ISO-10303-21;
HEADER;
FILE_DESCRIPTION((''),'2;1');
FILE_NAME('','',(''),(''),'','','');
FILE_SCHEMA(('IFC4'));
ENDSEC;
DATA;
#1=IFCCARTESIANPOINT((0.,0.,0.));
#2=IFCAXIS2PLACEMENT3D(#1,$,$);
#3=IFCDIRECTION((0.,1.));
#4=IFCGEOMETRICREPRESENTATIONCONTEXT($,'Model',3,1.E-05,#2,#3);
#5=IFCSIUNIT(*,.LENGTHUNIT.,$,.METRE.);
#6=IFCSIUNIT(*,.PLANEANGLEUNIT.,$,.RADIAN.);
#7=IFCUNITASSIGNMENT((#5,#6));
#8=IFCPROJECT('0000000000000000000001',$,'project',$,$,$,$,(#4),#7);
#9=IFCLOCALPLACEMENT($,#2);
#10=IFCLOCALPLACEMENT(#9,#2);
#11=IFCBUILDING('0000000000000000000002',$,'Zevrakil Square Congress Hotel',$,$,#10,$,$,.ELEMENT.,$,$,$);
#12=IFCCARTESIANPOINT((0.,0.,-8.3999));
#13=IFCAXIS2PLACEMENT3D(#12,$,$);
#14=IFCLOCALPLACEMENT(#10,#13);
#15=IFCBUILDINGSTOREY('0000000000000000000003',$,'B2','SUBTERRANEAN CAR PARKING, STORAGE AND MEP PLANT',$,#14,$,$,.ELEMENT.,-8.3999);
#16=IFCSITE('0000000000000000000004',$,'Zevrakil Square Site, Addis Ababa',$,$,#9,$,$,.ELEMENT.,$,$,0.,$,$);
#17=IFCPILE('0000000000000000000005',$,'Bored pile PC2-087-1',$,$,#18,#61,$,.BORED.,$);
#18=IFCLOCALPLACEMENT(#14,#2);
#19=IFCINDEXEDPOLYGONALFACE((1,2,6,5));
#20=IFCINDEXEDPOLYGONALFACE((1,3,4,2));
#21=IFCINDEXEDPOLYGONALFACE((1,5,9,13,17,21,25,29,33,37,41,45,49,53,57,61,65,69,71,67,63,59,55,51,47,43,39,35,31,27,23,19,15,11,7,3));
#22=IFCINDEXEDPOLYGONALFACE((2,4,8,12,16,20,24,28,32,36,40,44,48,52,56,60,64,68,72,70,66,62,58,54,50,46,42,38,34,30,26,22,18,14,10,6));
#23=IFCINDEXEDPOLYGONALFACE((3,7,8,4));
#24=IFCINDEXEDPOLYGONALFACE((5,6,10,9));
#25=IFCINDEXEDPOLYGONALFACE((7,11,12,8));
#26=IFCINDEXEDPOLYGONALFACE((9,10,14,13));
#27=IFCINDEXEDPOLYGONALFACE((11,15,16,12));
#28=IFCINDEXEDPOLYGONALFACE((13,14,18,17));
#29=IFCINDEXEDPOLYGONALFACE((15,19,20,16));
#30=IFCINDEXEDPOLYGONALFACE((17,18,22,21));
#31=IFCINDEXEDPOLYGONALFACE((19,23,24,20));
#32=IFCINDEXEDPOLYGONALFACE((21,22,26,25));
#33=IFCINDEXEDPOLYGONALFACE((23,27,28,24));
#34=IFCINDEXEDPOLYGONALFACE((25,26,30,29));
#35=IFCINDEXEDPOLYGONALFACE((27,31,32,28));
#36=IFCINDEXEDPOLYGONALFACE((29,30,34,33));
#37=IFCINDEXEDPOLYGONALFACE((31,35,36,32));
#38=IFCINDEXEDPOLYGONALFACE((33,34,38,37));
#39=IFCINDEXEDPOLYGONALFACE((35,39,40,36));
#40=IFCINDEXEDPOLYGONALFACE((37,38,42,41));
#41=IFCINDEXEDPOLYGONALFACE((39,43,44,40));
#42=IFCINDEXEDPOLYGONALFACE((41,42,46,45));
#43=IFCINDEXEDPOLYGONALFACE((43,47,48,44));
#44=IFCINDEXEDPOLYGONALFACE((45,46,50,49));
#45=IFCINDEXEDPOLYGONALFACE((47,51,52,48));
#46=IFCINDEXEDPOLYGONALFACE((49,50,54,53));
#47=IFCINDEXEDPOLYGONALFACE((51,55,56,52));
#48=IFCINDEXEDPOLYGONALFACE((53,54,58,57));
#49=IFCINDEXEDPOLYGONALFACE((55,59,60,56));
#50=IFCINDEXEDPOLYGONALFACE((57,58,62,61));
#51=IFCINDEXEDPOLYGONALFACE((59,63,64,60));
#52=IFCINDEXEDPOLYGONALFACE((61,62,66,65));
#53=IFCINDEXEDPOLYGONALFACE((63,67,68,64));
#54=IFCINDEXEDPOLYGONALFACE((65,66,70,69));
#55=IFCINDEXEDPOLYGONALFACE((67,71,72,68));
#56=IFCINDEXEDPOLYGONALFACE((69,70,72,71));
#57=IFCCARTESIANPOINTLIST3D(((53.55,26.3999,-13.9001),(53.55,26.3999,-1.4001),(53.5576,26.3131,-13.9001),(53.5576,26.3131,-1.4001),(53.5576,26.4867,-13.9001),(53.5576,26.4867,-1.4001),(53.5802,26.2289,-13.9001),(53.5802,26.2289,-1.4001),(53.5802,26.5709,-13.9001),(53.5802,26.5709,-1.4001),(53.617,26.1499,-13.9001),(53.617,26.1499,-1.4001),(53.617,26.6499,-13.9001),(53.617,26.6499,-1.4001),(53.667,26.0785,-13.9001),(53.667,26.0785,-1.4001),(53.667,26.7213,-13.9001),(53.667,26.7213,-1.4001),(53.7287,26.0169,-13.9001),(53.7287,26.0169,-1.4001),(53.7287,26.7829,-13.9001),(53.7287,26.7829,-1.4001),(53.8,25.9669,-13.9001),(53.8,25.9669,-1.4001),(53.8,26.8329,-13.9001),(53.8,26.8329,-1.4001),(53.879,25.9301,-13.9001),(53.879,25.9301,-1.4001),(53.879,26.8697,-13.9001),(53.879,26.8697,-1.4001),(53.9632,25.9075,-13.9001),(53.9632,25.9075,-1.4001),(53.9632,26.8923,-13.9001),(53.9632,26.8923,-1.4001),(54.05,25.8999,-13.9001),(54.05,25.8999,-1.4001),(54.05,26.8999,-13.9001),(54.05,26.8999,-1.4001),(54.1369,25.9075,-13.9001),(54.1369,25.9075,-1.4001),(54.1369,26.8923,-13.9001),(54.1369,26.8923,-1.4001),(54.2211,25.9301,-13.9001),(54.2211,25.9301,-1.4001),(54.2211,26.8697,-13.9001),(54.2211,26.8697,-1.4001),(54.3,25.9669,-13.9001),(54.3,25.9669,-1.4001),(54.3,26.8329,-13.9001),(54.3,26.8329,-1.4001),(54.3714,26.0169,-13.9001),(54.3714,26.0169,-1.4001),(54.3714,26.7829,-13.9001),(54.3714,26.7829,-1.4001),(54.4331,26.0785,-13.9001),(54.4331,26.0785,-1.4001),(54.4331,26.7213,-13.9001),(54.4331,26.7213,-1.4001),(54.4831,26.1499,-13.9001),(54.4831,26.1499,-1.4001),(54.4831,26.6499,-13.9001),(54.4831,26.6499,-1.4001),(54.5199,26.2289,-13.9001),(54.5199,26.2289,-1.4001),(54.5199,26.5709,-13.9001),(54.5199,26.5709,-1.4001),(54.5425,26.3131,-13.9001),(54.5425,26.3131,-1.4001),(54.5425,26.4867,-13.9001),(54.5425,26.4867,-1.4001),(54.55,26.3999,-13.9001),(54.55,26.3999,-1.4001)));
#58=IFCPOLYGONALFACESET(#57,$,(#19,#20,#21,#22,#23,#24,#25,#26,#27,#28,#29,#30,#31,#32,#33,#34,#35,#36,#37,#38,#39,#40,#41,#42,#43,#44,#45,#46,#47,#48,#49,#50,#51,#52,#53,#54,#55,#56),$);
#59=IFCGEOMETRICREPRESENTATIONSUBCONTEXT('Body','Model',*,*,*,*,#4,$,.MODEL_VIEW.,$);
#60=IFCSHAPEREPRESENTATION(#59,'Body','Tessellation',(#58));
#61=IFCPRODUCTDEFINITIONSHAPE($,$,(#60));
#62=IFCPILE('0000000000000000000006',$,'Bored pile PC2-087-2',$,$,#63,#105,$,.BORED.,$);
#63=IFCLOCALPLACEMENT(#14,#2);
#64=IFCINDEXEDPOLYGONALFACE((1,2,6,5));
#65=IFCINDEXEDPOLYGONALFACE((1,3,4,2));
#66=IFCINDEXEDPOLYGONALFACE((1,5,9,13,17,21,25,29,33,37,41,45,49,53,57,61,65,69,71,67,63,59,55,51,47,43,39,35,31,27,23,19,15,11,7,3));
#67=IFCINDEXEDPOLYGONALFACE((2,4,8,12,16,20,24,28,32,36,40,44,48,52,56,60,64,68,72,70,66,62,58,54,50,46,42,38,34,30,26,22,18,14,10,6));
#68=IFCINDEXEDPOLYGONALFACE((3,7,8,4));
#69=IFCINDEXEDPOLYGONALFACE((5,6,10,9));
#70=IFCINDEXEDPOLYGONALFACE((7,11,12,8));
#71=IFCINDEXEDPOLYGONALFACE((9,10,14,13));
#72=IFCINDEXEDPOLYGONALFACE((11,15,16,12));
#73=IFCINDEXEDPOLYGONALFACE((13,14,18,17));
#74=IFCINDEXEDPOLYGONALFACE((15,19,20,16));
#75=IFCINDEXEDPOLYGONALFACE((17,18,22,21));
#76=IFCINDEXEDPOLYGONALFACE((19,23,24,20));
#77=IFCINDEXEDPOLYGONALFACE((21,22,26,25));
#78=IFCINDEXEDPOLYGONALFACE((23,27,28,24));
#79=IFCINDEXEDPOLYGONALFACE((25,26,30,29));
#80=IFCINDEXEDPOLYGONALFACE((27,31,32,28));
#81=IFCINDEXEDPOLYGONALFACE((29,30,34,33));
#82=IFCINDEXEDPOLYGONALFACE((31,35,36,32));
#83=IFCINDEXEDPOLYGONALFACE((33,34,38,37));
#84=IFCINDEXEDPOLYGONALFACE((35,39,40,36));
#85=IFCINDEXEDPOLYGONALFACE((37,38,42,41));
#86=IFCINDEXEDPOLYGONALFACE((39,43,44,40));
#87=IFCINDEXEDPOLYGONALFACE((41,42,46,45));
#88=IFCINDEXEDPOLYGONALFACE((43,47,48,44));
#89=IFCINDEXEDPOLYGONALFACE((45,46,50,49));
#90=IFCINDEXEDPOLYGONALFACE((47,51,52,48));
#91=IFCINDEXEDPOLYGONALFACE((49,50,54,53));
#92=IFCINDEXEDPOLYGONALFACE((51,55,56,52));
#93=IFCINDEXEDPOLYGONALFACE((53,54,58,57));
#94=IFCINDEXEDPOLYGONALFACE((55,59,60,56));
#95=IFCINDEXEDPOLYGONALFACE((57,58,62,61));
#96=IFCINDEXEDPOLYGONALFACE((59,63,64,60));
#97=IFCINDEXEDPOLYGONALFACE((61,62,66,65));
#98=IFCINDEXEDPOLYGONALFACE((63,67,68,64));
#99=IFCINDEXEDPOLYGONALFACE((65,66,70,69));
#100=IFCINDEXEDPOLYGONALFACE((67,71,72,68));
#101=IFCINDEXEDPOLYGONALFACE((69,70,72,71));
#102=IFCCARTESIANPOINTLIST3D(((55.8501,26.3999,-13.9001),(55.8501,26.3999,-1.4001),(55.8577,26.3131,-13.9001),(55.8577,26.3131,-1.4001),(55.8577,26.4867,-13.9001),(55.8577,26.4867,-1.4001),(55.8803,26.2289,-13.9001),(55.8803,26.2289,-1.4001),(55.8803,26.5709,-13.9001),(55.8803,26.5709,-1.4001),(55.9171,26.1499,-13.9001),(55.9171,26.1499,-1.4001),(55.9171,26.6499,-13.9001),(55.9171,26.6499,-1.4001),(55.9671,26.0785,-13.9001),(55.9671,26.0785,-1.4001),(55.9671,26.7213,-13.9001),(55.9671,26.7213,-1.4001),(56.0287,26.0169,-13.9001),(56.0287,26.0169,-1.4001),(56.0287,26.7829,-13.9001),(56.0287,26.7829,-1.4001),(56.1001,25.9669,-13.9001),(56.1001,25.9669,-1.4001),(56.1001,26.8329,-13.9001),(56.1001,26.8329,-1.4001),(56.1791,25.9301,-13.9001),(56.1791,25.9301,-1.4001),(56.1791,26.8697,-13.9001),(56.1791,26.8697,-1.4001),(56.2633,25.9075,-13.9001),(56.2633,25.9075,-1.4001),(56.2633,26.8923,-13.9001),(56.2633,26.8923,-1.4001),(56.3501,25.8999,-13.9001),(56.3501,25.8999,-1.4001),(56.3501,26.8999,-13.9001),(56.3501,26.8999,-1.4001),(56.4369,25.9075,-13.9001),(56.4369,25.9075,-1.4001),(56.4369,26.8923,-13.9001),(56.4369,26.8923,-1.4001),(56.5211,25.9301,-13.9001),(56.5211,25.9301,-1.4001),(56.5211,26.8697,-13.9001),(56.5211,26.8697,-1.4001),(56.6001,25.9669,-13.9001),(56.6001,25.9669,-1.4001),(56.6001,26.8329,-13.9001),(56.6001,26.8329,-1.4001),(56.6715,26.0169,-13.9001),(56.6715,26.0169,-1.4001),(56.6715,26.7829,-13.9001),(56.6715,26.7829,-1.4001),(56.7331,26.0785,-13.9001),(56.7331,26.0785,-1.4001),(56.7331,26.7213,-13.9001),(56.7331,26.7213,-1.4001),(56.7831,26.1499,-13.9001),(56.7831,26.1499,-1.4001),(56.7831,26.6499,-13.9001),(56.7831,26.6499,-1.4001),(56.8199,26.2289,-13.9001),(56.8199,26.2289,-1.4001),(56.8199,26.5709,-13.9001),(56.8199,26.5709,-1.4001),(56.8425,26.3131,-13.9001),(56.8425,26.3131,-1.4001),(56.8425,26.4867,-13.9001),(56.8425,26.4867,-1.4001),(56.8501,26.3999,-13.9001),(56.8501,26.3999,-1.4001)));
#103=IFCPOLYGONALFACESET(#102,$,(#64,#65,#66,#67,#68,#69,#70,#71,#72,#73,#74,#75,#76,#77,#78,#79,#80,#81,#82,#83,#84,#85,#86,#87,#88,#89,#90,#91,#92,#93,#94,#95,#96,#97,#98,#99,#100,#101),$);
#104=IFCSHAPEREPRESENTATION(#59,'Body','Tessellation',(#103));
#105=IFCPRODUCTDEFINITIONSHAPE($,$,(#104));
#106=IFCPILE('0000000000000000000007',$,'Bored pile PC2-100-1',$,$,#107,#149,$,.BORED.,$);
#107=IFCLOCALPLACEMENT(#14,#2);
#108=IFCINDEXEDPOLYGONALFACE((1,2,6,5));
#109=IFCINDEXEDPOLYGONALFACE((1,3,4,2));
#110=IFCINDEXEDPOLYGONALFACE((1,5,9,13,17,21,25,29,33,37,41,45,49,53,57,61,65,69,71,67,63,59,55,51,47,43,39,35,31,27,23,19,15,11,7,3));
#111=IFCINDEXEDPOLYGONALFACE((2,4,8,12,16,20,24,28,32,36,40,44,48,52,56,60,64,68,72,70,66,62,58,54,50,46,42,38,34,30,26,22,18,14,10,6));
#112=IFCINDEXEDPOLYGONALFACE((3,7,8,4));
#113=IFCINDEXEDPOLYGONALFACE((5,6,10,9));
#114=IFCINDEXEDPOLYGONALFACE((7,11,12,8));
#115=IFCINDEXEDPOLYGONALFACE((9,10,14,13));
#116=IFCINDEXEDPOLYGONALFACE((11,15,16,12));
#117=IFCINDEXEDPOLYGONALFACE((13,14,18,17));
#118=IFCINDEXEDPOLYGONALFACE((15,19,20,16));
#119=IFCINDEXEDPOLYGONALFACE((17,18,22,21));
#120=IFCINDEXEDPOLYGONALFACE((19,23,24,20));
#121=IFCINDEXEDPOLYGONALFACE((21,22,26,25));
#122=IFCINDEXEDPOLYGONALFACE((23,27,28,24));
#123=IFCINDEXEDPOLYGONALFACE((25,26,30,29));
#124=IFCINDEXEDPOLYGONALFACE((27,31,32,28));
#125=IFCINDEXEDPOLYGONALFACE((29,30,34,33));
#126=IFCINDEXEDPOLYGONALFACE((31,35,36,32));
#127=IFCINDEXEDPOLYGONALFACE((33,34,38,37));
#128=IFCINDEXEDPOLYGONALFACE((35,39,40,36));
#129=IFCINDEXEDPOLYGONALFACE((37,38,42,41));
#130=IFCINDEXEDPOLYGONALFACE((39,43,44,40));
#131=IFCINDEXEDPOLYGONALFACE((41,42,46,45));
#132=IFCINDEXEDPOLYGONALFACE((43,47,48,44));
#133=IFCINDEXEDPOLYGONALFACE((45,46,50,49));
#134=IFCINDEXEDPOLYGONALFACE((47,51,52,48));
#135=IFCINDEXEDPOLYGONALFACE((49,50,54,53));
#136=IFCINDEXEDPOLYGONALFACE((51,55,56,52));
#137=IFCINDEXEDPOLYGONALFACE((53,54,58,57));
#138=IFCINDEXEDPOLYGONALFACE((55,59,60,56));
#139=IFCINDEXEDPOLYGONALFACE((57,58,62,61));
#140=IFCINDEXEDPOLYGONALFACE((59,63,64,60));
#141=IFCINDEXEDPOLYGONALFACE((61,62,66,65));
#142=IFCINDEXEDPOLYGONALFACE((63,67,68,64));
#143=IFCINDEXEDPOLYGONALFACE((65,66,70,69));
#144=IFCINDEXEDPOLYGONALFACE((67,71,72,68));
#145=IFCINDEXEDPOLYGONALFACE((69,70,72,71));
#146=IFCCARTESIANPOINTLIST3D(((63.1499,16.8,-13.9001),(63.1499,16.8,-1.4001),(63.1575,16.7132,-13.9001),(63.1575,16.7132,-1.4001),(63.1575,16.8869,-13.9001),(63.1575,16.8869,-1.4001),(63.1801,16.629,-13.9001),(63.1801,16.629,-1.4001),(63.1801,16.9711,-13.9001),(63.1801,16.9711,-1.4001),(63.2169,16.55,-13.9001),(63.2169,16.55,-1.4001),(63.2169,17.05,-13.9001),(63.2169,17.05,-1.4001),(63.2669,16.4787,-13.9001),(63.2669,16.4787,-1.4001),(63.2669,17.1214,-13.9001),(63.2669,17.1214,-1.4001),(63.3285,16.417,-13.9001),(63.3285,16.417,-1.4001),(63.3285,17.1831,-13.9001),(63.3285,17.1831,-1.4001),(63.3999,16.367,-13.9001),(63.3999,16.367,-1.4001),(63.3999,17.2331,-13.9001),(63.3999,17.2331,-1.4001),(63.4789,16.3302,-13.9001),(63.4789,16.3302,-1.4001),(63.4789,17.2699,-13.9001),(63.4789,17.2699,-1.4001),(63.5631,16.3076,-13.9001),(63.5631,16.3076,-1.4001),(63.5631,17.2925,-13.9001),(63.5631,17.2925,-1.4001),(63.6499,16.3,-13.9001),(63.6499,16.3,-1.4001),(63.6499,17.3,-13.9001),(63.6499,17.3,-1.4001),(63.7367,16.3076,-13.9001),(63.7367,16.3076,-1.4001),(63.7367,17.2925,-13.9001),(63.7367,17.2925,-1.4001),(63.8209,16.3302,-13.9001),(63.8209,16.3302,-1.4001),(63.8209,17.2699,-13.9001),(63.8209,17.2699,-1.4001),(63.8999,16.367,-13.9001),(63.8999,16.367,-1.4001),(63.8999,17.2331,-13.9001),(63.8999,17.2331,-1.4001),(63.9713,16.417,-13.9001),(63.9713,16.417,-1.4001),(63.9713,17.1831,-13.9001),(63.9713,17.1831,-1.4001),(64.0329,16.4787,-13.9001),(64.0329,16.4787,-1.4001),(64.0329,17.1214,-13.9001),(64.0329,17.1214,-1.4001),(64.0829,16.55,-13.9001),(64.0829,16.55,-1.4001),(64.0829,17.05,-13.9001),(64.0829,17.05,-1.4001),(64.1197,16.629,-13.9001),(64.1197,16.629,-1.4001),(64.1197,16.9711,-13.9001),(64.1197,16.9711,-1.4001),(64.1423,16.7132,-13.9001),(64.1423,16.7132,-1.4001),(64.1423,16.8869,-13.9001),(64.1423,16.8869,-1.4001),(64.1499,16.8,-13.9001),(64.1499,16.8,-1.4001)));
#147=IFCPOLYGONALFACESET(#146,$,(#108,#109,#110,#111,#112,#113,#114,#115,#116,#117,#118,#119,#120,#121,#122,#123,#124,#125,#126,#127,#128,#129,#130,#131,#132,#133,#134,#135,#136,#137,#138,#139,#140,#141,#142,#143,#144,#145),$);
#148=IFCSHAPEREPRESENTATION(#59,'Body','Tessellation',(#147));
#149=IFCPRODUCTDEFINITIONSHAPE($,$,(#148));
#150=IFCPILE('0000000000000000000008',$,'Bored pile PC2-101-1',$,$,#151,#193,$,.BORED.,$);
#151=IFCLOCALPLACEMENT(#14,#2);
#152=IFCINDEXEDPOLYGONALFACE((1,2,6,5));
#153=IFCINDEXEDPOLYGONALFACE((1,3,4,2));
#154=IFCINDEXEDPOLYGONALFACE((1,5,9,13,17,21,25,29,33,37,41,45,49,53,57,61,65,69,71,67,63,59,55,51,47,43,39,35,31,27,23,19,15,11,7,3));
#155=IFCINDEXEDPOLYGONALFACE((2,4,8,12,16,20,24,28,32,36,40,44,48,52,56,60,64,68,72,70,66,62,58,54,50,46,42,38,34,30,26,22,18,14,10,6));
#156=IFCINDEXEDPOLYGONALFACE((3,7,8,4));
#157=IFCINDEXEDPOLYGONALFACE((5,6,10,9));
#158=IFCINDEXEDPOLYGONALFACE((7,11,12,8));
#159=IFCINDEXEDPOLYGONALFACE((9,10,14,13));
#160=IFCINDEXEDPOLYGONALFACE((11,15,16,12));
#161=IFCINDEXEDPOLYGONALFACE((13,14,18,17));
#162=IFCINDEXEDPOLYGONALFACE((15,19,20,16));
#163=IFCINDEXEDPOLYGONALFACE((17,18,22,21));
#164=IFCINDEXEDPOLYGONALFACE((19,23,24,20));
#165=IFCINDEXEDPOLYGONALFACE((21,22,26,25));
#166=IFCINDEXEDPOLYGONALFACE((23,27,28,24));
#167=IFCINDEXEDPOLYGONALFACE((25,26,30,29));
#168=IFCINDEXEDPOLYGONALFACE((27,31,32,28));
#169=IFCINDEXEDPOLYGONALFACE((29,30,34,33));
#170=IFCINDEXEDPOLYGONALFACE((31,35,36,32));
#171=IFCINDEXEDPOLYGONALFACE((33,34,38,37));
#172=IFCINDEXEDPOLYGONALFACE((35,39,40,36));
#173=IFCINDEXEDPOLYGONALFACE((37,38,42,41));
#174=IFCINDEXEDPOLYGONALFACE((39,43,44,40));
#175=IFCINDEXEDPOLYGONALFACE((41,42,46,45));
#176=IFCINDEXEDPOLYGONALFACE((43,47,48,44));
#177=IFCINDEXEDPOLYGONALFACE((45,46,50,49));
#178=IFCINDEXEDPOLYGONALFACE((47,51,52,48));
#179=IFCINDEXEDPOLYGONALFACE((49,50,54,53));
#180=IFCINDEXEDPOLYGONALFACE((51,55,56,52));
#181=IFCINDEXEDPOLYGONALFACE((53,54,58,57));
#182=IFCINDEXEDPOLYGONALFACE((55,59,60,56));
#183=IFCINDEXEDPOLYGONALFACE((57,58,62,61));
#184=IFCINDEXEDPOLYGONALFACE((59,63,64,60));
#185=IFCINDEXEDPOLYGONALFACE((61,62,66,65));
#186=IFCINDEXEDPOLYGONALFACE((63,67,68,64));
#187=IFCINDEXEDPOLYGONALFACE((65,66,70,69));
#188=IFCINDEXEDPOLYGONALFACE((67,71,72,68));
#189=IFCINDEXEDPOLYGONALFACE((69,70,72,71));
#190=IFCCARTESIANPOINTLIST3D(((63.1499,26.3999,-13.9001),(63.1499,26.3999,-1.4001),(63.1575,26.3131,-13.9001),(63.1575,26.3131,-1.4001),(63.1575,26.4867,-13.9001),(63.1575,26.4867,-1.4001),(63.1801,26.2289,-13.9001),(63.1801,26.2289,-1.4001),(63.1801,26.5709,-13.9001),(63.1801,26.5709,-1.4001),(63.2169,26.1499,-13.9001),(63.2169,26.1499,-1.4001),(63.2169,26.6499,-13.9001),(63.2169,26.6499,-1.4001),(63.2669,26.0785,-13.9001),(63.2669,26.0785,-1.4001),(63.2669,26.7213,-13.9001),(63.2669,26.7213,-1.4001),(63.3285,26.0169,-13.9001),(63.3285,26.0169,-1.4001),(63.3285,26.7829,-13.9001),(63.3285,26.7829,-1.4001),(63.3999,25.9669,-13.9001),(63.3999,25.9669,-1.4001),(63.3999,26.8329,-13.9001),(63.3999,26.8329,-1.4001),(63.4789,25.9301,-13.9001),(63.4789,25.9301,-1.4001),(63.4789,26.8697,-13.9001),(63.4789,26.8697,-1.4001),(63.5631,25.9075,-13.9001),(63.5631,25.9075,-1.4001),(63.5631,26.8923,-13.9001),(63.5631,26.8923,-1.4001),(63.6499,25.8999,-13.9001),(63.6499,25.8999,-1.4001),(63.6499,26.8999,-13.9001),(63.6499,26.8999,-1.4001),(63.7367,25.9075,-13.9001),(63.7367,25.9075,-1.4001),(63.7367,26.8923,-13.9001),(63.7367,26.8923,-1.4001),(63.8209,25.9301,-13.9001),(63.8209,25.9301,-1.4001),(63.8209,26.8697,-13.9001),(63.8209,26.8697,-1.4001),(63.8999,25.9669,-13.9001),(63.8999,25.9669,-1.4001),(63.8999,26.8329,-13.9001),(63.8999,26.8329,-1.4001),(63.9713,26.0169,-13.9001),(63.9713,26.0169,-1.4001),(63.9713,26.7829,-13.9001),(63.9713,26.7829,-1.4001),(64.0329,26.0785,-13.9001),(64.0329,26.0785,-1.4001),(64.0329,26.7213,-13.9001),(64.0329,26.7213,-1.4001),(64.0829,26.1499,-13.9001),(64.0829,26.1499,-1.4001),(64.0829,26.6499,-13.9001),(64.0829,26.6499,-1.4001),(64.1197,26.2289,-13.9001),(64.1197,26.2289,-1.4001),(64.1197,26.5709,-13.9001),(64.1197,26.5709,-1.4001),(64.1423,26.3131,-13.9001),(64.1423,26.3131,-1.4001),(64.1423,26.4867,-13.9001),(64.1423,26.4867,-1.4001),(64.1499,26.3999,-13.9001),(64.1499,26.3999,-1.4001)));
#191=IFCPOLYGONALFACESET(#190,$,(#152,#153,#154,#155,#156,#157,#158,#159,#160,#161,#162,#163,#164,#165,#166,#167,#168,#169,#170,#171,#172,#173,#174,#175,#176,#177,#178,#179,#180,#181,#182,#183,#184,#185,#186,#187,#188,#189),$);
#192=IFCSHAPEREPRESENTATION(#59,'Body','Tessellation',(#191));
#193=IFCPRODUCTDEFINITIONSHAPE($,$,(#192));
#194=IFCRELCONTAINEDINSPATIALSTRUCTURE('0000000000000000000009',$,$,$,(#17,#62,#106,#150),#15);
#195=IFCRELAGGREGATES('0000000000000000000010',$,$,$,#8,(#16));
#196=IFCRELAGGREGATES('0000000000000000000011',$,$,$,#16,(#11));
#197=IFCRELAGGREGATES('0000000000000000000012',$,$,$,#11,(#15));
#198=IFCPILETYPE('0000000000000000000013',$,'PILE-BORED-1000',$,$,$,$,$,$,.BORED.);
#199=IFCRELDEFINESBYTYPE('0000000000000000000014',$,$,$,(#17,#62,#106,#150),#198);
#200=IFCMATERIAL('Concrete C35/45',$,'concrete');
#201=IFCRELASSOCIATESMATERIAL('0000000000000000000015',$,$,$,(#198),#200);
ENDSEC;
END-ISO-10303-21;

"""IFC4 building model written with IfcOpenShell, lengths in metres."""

from ifc_helpers import new_model, si_unit, direction, frame, origin, origin_2d, place, context, subcontext, project, spatial, circle, extrude, material, material_profile, profile_set, type_object, element, save


model = new_model("IFC4")

# Units and contexts
model_context = context("Model", 3, precision=1e-05, world=origin(), true_north=direction((0.0, 1.0)))
body_context = subcontext(model_context, "Body", "Model", "MODEL_VIEW")
ifc_project = project(units=[si_unit("LENGTHUNIT", "METRE"), si_unit("PLANEANGLEUNIT", "RADIAN")], contexts=[model_context])

# Site, building, storey
site_placement = place(None, origin())
site = spatial("IfcSite", under=ifc_project, at=site_placement, Name="Zevrakil Square Site, Addis Ababa", CompositionType="ELEMENT", RefElevation=0.0)
building_placement = place(site_placement, origin())
building = spatial("IfcBuilding", under=site, at=building_placement, Name="Zevrakil Square Congress Hotel", CompositionType="ELEMENT")
storey_placement = place(building_placement, frame((0.0, 0.0, -8.3999)))
storey = spatial("IfcBuildingStorey", under=building, at=storey_placement, Name="B2", Description="SUBTERRANEAN CAR PARKING, STORAGE AND MEP PLANT", CompositionType="ELEMENT", Elevation=-8.3999)

# Piles
ifc_material_1 = material(Name="Concrete C35/45", Category="concrete")
ifc_material_profile_1 = material_profile(ifc_material_1, circle(Radius=0.5, at=origin_2d()), Name="PILE D1000")
ifc_profile_set_1 = profile_set([ifc_material_profile_1], Name="Concrete C35/45")
pile_type = type_object("IfcPileType", Name="PILE-BORED-1000", PredefinedType="BORED", material=ifc_profile_set_1)
for number, where, z_axis, x_axis, name in (
    (1, (54.05, 26.3999, -1.4001), (0.0, 0.0, -1.0), (1.0, 0.0, 0.0), "Bored pile PC2-087-1"),
    (2, (56.3501, 26.3999, -1.4001), (0.0, 0.0, -1.0), (1.0, 0.0, 0.0), "Bored pile PC2-087-2"),
    (3, (63.6499, 16.8, -1.4001), (0.0, 0.0, -1.0), (1.0, 0.0, 0.0), "Bored pile PC2-100-1"),
    (4, (63.6499, 26.3999, -1.4001), (0.0, 0.0, -1.0), (1.0, 0.0, 0.0), "Bored pile PC2-101-1"),
):
    element("IfcPile", number, at=place(storey_placement, frame(where, z_axis=z_axis, x_axis=x_axis)), inside=storey, type_object=pile_type, Name=name, PredefinedType="BORED", context=body_context, shape_type="SweptSolid", body=[
        extrude(circle(Radius=0.5, at=origin_2d()), origin(), (0.0, 0.0, 1.0), 12.5),
    ])

save(model, "model.ifc")
